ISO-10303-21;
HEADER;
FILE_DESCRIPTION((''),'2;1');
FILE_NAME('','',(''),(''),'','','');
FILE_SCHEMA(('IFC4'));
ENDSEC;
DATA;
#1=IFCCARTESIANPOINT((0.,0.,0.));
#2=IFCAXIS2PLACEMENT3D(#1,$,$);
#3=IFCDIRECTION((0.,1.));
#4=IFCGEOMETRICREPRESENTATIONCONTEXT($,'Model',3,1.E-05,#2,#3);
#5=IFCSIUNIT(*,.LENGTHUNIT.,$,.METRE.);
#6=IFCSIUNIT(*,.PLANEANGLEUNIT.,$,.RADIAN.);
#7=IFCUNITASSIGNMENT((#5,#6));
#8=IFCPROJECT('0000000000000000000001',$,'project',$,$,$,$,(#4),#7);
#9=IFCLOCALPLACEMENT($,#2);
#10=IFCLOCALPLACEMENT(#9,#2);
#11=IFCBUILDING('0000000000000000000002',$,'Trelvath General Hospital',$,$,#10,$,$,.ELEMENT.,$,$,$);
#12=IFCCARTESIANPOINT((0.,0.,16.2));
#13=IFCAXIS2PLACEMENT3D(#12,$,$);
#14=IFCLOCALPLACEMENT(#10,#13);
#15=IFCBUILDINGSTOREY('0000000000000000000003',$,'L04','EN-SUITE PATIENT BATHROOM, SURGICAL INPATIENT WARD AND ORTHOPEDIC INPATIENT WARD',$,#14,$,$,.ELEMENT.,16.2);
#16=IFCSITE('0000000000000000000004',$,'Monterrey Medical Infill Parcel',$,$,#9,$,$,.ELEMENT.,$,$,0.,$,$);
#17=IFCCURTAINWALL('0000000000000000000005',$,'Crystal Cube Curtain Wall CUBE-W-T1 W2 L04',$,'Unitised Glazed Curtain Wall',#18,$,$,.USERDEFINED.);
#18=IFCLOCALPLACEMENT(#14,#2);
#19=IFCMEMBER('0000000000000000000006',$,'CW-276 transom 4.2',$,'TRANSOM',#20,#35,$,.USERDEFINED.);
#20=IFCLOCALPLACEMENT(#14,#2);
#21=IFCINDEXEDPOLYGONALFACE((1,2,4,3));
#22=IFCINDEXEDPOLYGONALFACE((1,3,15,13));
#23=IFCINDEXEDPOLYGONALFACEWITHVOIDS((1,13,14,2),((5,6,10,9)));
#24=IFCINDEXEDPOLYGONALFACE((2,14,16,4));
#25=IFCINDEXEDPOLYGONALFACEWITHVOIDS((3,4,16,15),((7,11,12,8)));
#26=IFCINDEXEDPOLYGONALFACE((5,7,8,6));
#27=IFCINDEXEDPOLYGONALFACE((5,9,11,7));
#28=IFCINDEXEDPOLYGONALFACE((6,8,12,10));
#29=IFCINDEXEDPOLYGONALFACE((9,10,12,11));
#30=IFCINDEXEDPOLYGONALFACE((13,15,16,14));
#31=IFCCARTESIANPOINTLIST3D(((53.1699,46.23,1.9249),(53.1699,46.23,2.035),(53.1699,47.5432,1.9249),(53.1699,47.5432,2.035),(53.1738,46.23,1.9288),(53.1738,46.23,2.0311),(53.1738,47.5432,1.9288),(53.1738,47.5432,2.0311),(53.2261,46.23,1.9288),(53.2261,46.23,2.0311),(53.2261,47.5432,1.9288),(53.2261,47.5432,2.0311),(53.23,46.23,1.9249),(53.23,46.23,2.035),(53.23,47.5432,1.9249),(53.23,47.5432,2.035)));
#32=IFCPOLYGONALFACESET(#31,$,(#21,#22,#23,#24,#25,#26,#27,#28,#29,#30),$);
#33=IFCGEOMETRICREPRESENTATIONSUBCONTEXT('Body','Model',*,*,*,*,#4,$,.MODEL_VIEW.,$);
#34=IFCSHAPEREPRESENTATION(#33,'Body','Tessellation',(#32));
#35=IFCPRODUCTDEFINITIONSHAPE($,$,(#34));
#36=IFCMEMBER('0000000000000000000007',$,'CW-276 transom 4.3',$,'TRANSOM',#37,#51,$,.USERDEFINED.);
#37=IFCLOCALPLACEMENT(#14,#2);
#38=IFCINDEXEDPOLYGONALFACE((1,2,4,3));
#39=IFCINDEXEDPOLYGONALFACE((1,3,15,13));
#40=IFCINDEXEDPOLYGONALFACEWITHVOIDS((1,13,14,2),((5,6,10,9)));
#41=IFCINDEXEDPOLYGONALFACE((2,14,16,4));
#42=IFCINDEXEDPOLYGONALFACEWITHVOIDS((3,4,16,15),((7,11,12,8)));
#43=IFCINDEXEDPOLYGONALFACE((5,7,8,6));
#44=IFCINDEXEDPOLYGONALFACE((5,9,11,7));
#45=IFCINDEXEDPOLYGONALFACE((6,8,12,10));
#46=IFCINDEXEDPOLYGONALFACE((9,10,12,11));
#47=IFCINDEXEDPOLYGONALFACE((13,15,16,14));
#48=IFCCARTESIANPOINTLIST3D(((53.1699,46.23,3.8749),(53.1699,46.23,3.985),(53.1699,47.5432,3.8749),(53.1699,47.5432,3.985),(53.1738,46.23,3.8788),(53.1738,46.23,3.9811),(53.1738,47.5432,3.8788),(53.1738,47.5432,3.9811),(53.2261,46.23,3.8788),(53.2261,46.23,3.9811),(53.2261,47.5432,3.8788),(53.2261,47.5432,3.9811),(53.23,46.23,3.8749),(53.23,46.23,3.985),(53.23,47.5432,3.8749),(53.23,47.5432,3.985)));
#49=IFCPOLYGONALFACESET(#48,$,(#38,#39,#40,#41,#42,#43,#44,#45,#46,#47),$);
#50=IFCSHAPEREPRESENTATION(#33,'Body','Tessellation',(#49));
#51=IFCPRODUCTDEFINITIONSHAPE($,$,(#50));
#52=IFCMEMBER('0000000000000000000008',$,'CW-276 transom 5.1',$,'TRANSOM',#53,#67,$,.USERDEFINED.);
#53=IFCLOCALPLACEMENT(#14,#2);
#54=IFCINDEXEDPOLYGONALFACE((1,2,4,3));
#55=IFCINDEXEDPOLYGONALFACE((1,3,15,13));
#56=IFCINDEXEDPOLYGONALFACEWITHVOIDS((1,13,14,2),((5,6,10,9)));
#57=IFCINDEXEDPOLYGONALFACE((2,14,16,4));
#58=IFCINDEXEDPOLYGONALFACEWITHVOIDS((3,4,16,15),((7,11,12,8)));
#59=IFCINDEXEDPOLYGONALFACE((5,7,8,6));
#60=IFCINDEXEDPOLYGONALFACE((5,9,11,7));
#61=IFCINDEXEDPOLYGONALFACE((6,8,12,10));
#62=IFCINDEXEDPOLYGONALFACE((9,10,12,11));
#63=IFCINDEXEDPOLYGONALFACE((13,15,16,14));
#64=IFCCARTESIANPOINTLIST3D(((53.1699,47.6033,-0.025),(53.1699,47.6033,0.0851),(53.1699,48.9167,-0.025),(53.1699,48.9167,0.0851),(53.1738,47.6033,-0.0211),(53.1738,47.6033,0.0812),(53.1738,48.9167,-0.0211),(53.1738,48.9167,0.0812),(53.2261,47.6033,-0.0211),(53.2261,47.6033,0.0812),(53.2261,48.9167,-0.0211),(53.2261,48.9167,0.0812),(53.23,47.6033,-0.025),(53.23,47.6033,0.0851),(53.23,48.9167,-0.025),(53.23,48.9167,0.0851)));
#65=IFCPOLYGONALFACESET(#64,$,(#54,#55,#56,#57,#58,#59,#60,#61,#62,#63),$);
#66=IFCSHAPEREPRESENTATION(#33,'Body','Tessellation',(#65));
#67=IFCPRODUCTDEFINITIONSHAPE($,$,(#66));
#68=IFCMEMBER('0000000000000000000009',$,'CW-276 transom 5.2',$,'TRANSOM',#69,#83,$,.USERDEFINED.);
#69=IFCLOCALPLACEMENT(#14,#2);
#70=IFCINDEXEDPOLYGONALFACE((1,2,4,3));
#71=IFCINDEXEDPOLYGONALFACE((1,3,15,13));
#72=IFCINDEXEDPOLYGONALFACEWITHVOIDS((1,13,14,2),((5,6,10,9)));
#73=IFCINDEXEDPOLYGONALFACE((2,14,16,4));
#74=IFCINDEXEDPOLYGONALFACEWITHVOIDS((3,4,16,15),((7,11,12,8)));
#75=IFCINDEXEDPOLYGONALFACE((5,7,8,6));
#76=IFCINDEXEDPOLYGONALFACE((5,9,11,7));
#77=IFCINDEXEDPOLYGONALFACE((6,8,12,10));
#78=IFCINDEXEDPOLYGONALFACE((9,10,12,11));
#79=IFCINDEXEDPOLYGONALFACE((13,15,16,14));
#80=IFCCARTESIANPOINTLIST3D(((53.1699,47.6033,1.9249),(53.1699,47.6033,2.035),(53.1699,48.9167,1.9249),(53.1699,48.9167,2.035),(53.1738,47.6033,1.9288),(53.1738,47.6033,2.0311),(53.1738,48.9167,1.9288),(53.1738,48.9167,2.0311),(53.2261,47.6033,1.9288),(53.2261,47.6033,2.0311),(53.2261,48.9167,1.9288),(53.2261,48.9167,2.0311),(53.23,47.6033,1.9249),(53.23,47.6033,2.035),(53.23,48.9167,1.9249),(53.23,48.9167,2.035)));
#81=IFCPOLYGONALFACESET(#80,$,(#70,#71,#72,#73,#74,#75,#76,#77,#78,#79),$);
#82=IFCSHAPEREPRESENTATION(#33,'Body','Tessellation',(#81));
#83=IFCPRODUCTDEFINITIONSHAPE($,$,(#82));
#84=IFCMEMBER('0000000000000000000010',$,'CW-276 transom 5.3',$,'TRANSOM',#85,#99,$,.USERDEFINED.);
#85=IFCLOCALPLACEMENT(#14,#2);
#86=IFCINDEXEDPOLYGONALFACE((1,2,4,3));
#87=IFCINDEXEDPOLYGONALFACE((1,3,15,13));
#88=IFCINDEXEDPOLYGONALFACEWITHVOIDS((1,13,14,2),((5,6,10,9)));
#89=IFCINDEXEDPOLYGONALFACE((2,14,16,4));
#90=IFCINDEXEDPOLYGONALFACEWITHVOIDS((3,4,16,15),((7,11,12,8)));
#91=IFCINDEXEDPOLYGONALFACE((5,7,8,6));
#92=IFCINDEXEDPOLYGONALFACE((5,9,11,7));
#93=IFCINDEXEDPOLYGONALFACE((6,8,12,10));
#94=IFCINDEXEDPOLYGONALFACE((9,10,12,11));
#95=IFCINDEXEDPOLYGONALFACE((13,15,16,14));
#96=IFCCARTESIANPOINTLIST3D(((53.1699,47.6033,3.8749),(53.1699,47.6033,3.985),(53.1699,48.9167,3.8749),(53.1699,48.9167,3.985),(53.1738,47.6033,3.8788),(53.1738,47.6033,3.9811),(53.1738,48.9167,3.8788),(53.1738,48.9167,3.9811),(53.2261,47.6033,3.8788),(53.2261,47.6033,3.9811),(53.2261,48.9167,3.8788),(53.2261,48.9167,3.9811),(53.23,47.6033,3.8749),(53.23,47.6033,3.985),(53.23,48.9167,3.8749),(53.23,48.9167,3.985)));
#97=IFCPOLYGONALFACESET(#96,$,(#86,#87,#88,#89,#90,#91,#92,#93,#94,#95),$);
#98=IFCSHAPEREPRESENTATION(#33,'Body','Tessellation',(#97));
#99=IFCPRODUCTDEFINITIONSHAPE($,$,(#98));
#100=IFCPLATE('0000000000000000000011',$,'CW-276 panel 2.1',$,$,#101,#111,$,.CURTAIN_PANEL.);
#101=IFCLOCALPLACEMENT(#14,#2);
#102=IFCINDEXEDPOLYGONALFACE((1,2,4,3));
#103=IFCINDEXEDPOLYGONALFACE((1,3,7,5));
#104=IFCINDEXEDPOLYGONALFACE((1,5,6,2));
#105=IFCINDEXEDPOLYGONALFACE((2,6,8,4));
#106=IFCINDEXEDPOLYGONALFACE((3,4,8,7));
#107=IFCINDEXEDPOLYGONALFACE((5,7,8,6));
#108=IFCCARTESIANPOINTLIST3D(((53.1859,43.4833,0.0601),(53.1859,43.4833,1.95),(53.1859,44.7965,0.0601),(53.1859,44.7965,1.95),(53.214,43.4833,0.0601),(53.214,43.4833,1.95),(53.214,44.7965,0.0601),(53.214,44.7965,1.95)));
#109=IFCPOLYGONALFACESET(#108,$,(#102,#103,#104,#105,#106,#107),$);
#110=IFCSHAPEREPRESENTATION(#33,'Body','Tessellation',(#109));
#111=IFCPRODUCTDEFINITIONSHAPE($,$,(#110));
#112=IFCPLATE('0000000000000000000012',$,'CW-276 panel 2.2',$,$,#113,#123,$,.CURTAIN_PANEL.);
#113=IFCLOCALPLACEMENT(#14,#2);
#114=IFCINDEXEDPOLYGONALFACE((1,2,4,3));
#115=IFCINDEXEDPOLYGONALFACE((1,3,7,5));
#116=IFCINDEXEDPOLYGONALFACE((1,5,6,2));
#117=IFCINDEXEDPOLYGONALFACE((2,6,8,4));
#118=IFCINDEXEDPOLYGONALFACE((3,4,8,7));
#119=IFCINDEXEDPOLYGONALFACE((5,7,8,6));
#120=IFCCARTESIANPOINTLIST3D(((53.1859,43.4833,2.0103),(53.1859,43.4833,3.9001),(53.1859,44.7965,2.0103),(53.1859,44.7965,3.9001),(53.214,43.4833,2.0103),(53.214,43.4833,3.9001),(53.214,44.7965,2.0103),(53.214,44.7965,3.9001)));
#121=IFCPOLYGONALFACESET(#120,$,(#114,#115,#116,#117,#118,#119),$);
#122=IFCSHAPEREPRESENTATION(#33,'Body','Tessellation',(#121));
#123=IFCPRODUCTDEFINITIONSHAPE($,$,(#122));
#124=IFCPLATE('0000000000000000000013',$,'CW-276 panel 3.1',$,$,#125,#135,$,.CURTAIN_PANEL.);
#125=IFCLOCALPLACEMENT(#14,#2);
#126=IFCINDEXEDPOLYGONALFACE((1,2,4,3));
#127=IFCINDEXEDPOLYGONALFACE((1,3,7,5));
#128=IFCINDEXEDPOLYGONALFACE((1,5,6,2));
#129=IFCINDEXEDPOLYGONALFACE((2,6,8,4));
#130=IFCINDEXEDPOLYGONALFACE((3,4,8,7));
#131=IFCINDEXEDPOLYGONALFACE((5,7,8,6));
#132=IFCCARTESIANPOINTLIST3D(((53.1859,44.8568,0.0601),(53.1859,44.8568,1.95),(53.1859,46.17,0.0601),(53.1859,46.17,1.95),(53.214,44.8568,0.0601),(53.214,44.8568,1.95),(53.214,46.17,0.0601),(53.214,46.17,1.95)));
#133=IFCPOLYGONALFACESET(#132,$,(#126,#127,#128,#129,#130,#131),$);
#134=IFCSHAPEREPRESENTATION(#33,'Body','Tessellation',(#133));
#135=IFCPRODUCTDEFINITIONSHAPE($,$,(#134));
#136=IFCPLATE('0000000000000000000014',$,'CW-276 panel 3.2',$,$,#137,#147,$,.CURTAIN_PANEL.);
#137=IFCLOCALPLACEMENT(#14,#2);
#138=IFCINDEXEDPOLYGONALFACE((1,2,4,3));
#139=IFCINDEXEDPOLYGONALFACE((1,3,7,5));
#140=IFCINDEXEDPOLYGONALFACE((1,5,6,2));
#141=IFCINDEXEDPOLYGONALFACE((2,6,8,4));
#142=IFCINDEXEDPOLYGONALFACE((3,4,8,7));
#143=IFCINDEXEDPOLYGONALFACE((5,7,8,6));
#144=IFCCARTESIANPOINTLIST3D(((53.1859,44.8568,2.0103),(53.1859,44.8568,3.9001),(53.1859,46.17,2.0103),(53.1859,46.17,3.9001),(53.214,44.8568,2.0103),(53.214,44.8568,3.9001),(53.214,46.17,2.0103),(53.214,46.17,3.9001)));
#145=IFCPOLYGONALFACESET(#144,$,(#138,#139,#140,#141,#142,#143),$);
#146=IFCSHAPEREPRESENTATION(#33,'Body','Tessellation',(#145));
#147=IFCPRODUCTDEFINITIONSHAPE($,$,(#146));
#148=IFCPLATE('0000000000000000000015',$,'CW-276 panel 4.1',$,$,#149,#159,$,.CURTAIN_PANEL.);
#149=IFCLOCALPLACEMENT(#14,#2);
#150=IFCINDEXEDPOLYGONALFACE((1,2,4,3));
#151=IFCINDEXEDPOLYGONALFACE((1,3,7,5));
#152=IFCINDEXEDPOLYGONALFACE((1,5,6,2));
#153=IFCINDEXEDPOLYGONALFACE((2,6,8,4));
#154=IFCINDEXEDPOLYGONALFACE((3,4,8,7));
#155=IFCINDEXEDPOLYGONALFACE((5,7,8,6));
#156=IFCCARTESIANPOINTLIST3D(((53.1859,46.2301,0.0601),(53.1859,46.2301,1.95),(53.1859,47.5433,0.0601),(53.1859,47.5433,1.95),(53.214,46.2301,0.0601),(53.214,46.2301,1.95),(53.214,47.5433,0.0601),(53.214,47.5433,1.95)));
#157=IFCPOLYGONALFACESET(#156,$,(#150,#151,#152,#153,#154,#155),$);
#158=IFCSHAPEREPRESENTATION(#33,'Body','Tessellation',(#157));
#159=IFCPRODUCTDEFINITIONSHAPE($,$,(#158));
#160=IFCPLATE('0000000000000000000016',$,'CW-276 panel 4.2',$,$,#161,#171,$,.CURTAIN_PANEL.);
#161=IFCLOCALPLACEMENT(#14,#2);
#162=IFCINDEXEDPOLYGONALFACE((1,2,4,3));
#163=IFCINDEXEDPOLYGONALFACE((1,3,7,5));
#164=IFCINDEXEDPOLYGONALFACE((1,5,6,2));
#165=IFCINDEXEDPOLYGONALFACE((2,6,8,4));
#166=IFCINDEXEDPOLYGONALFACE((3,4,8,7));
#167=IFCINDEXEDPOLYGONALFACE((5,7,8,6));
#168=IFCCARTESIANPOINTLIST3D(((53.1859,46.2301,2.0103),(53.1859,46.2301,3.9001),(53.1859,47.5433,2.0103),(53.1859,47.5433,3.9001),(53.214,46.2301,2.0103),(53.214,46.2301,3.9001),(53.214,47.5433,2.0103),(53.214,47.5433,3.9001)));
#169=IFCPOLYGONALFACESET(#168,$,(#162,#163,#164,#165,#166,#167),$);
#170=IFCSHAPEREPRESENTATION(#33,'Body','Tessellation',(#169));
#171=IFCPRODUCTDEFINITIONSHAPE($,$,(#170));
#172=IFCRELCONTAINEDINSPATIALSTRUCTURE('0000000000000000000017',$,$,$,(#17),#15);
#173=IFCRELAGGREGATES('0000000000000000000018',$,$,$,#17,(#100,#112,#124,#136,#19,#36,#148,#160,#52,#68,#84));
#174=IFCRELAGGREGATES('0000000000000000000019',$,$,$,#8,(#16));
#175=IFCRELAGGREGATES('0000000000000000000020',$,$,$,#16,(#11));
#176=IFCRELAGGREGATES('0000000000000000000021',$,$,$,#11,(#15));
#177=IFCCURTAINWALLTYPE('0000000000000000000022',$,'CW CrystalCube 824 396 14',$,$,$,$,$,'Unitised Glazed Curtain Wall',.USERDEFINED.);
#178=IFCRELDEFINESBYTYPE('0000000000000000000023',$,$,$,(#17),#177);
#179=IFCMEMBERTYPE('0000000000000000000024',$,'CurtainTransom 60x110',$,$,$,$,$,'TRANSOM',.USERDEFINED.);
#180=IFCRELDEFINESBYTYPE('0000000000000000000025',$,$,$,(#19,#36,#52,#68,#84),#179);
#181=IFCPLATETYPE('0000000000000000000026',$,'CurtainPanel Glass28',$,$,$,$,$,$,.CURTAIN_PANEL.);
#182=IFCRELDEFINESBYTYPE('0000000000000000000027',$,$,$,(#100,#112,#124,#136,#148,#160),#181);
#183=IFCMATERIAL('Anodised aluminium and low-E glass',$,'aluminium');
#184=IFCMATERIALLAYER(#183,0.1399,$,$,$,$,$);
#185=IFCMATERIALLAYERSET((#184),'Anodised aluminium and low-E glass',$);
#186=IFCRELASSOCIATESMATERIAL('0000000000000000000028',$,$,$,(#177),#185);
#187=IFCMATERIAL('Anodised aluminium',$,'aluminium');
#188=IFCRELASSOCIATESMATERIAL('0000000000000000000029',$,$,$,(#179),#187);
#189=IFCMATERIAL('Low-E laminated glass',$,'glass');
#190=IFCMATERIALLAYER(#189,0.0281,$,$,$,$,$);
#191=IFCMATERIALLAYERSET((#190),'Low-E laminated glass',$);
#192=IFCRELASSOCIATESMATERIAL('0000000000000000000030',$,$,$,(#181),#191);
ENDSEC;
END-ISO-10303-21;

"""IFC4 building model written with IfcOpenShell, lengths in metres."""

from ifc_helpers import new_model, si_unit, direction, frame, origin, origin_2d, place, context, subcontext, project, spatial, rectangle, hollow_rectangle, extrude, material, layer, layer_set, material_profile, profile_set, type_object, element, aggregate, save


model = new_model("IFC4")

# Units and contexts
model_context = context("Model", 3, precision=1e-05, world=origin(), true_north=direction((0.0, 1.0)))
body_context = subcontext(model_context, "Body", "Model", "MODEL_VIEW")
ifc_project = project(units=[si_unit("LENGTHUNIT", "METRE"), si_unit("PLANEANGLEUNIT", "RADIAN")], contexts=[model_context])

# Site, building, storey
site_placement = place(None, origin())
site = spatial("IfcSite", under=ifc_project, at=site_placement, Name="Monterrey Medical Infill Parcel", CompositionType="ELEMENT", RefElevation=0.0)
building_placement = place(site_placement, origin())
building = spatial("IfcBuilding", under=site, at=building_placement, Name="Trelvath General Hospital", CompositionType="ELEMENT")
storey_placement = place(building_placement, frame((0.0, 0.0, 16.2)))
storey = spatial("IfcBuildingStorey", under=building, at=storey_placement, Name="L04", Description="EN-SUITE PATIENT BATHROOM, SURGICAL INPATIENT WARD AND ORTHOPEDIC INPATIENT WARD", CompositionType="ELEMENT", Elevation=16.2)

# Curtain wall, members, plates
ifc_material_1 = material(Name="Anodised aluminium and low-E glass", Category="aluminium")
ifc_layer_1 = layer(ifc_material_1, 0.1399)
ifc_layer_set_1 = layer_set([ifc_layer_1], Name="Anodised aluminium and low-E glass")
curtain_wall_type = type_object("IfcCurtainWallType", Name="CW CrystalCube 824 396 14", ElementType="Unitised Glazed Curtain Wall", PredefinedType="USERDEFINED", material=ifc_layer_set_1)
curtain_wall_placement = place(storey_placement, origin())
curtain_wall = element("IfcCurtainWall", 1, at=curtain_wall_placement, inside=storey, type_object=curtain_wall_type, Name="Crystal Cube Curtain Wall CUBE-W-T1 W2 L04", ObjectType="Unitised Glazed Curtain Wall", PredefinedType="USERDEFINED")
ifc_material_2 = material(Name="Anodised aluminium", Category="aluminium")
ifc_material_profile_1 = material_profile(ifc_material_2, hollow_rectangle(XDim=0.0601, YDim=0.1101, WallThickness=0.0039, at=origin_2d()), Name="RHS60x110x4")
ifc_profile_set_1 = profile_set([ifc_material_profile_1], Name="Anodised aluminium")
member_type_1 = type_object("IfcMemberType", Name="CurtainTransom 60x110", ElementType="TRANSOM", PredefinedType="USERDEFINED", material=ifc_profile_set_1)
member_1_placement = place(storey_placement, frame((53.2, 46.23, 1.98), z_axis=(0.0, 1.0, 0.0), x_axis=(-1.0, 0.0, 0.0)))
member_1 = element("IfcMember", 2, at=member_1_placement, type_object=member_type_1, Name="CW-276 transom 4.2", ObjectType="TRANSOM", PredefinedType="USERDEFINED", context=body_context, shape_type="SweptSolid", body=[
    extrude(hollow_rectangle(XDim=0.0601, YDim=0.1101, WallThickness=0.0039, at=origin_2d()), origin(), (0.0, 0.0, 1.0), 1.3132),
])
member_2_placement = place(storey_placement, frame((53.2, 46.23, 3.9299), z_axis=(0.0, 1.0, 0.0), x_axis=(-1.0, 0.0, 0.0)))
member_2 = element("IfcMember", 3, at=member_2_placement, type_object=member_type_1, Name="CW-276 transom 4.3", ObjectType="TRANSOM", PredefinedType="USERDEFINED", context=body_context, shape_type="SweptSolid", body=[
    extrude(hollow_rectangle(XDim=0.0601, YDim=0.1101, WallThickness=0.0039, at=origin_2d()), origin(), (0.0, 0.0, 1.0), 1.3132),
])
member_3_placement = place(storey_placement, frame((53.2, 47.6033, 0.03), z_axis=(0.0, 1.0, 0.0), x_axis=(-1.0, 0.0, 0.0)))
member_3 = element("IfcMember", 4, at=member_3_placement, type_object=member_type_1, Name="CW-276 transom 5.1", ObjectType="TRANSOM", PredefinedType="USERDEFINED", context=body_context, shape_type="SweptSolid", body=[
    extrude(hollow_rectangle(XDim=0.0601, YDim=0.1101, WallThickness=0.0039, at=origin_2d()), origin(), (0.0, 0.0, 1.0), 1.3135),
])
member_4_placement = place(storey_placement, frame((53.2, 47.6033, 1.98), z_axis=(0.0, 1.0, 0.0), x_axis=(-1.0, 0.0, 0.0)))
member_4 = element("IfcMember", 5, at=member_4_placement, type_object=member_type_1, Name="CW-276 transom 5.2", ObjectType="TRANSOM", PredefinedType="USERDEFINED", context=body_context, shape_type="SweptSolid", body=[
    extrude(hollow_rectangle(XDim=0.0601, YDim=0.1101, WallThickness=0.0039, at=origin_2d()), origin(), (0.0, 0.0, 1.0), 1.3135),
])
member_5_placement = place(storey_placement, frame((53.2, 47.6033, 3.9299), z_axis=(0.0, 1.0, 0.0), x_axis=(-1.0, 0.0, 0.0)))
member_5 = element("IfcMember", 6, at=member_5_placement, type_object=member_type_1, Name="CW-276 transom 5.3", ObjectType="TRANSOM", PredefinedType="USERDEFINED", context=body_context, shape_type="SweptSolid", body=[
    extrude(hollow_rectangle(XDim=0.0601, YDim=0.1101, WallThickness=0.0039, at=origin_2d()), origin(), (0.0, 0.0, 1.0), 1.3135),
])
ifc_material_3 = material(Name="Low-E laminated glass", Category="glass")
ifc_layer_2 = layer(ifc_material_3, 0.0281)
ifc_layer_set_2 = layer_set([ifc_layer_2], Name="Low-E laminated glass")
plate_type = type_object("IfcPlateType", Name="CurtainPanel Glass28", PredefinedType="CURTAIN_PANEL", material=ifc_layer_set_2)
plate_1_placement = place(storey_placement, frame((53.2, 44.1399, 0.0601), z_axis=(0.0, 0.0, 1.0), x_axis=(0.0, 1.0, 0.0)))
plate_1 = element("IfcPlate", 7, at=plate_1_placement, type_object=plate_type, Name="CW-276 panel 2.1", PredefinedType="CURTAIN_PANEL", context=body_context, shape_type="SweptSolid", body=[
    extrude(rectangle(XDim=1.3132, YDim=0.0281, at=origin_2d()), origin(), (0.0, 0.0, 1.0), 1.8899),
])
plate_2_placement = place(storey_placement, frame((53.2, 44.1399, 2.0103), z_axis=(0.0, 0.0, 1.0), x_axis=(0.0, 1.0, 0.0)))
plate_2 = element("IfcPlate", 8, at=plate_2_placement, type_object=plate_type, Name="CW-276 panel 2.2", PredefinedType="CURTAIN_PANEL", context=body_context, shape_type="SweptSolid", body=[
    extrude(rectangle(XDim=1.3132, YDim=0.0281, at=origin_2d()), origin(), (0.0, 0.0, 1.0), 1.8899),
])
plate_3_placement = place(storey_placement, frame((53.2, 45.5134, 0.0601), z_axis=(0.0, 0.0, 1.0), x_axis=(0.0, 1.0, 0.0)))
plate_3 = element("IfcPlate", 9, at=plate_3_placement, type_object=plate_type, Name="CW-276 panel 3.1", PredefinedType="CURTAIN_PANEL", context=body_context, shape_type="SweptSolid", body=[
    extrude(rectangle(XDim=1.3132, YDim=0.0281, at=origin_2d()), origin(), (0.0, 0.0, 1.0), 1.8899),
])
plate_4_placement = place(storey_placement, frame((53.2, 45.5134, 2.0103), z_axis=(0.0, 0.0, 1.0), x_axis=(0.0, 1.0, 0.0)))
plate_4 = element("IfcPlate", 10, at=plate_4_placement, type_object=plate_type, Name="CW-276 panel 3.2", PredefinedType="CURTAIN_PANEL", context=body_context, shape_type="SweptSolid", body=[
    extrude(rectangle(XDim=1.3132, YDim=0.0281, at=origin_2d()), origin(), (0.0, 0.0, 1.0), 1.8899),
])
plate_5_placement = place(storey_placement, frame((53.2, 46.8867, 0.0601), z_axis=(0.0, 0.0, 1.0), x_axis=(0.0, 1.0, 0.0)))
plate_5 = element("IfcPlate", 11, at=plate_5_placement, type_object=plate_type, Name="CW-276 panel 4.1", PredefinedType="CURTAIN_PANEL", context=body_context, shape_type="SweptSolid", body=[
    extrude(rectangle(XDim=1.3132, YDim=0.0281, at=origin_2d()), origin(), (0.0, 0.0, 1.0), 1.8899),
])
plate_6_placement = place(storey_placement, frame((53.2, 46.8867, 2.0103), z_axis=(0.0, 0.0, 1.0), x_axis=(0.0, 1.0, 0.0)))
plate_6 = element("IfcPlate", 12, at=plate_6_placement, type_object=plate_type, Name="CW-276 panel 4.2", PredefinedType="CURTAIN_PANEL", context=body_context, shape_type="SweptSolid", body=[
    extrude(rectangle(XDim=1.3132, YDim=0.0281, at=origin_2d()), origin(), (0.0, 0.0, 1.0), 1.8899),
])
aggregate(curtain_wall, [plate_1, plate_2, plate_3, plate_4, member_1, member_2, plate_5, plate_6, member_3, member_4, member_5])

save(model, "model.ifc")
